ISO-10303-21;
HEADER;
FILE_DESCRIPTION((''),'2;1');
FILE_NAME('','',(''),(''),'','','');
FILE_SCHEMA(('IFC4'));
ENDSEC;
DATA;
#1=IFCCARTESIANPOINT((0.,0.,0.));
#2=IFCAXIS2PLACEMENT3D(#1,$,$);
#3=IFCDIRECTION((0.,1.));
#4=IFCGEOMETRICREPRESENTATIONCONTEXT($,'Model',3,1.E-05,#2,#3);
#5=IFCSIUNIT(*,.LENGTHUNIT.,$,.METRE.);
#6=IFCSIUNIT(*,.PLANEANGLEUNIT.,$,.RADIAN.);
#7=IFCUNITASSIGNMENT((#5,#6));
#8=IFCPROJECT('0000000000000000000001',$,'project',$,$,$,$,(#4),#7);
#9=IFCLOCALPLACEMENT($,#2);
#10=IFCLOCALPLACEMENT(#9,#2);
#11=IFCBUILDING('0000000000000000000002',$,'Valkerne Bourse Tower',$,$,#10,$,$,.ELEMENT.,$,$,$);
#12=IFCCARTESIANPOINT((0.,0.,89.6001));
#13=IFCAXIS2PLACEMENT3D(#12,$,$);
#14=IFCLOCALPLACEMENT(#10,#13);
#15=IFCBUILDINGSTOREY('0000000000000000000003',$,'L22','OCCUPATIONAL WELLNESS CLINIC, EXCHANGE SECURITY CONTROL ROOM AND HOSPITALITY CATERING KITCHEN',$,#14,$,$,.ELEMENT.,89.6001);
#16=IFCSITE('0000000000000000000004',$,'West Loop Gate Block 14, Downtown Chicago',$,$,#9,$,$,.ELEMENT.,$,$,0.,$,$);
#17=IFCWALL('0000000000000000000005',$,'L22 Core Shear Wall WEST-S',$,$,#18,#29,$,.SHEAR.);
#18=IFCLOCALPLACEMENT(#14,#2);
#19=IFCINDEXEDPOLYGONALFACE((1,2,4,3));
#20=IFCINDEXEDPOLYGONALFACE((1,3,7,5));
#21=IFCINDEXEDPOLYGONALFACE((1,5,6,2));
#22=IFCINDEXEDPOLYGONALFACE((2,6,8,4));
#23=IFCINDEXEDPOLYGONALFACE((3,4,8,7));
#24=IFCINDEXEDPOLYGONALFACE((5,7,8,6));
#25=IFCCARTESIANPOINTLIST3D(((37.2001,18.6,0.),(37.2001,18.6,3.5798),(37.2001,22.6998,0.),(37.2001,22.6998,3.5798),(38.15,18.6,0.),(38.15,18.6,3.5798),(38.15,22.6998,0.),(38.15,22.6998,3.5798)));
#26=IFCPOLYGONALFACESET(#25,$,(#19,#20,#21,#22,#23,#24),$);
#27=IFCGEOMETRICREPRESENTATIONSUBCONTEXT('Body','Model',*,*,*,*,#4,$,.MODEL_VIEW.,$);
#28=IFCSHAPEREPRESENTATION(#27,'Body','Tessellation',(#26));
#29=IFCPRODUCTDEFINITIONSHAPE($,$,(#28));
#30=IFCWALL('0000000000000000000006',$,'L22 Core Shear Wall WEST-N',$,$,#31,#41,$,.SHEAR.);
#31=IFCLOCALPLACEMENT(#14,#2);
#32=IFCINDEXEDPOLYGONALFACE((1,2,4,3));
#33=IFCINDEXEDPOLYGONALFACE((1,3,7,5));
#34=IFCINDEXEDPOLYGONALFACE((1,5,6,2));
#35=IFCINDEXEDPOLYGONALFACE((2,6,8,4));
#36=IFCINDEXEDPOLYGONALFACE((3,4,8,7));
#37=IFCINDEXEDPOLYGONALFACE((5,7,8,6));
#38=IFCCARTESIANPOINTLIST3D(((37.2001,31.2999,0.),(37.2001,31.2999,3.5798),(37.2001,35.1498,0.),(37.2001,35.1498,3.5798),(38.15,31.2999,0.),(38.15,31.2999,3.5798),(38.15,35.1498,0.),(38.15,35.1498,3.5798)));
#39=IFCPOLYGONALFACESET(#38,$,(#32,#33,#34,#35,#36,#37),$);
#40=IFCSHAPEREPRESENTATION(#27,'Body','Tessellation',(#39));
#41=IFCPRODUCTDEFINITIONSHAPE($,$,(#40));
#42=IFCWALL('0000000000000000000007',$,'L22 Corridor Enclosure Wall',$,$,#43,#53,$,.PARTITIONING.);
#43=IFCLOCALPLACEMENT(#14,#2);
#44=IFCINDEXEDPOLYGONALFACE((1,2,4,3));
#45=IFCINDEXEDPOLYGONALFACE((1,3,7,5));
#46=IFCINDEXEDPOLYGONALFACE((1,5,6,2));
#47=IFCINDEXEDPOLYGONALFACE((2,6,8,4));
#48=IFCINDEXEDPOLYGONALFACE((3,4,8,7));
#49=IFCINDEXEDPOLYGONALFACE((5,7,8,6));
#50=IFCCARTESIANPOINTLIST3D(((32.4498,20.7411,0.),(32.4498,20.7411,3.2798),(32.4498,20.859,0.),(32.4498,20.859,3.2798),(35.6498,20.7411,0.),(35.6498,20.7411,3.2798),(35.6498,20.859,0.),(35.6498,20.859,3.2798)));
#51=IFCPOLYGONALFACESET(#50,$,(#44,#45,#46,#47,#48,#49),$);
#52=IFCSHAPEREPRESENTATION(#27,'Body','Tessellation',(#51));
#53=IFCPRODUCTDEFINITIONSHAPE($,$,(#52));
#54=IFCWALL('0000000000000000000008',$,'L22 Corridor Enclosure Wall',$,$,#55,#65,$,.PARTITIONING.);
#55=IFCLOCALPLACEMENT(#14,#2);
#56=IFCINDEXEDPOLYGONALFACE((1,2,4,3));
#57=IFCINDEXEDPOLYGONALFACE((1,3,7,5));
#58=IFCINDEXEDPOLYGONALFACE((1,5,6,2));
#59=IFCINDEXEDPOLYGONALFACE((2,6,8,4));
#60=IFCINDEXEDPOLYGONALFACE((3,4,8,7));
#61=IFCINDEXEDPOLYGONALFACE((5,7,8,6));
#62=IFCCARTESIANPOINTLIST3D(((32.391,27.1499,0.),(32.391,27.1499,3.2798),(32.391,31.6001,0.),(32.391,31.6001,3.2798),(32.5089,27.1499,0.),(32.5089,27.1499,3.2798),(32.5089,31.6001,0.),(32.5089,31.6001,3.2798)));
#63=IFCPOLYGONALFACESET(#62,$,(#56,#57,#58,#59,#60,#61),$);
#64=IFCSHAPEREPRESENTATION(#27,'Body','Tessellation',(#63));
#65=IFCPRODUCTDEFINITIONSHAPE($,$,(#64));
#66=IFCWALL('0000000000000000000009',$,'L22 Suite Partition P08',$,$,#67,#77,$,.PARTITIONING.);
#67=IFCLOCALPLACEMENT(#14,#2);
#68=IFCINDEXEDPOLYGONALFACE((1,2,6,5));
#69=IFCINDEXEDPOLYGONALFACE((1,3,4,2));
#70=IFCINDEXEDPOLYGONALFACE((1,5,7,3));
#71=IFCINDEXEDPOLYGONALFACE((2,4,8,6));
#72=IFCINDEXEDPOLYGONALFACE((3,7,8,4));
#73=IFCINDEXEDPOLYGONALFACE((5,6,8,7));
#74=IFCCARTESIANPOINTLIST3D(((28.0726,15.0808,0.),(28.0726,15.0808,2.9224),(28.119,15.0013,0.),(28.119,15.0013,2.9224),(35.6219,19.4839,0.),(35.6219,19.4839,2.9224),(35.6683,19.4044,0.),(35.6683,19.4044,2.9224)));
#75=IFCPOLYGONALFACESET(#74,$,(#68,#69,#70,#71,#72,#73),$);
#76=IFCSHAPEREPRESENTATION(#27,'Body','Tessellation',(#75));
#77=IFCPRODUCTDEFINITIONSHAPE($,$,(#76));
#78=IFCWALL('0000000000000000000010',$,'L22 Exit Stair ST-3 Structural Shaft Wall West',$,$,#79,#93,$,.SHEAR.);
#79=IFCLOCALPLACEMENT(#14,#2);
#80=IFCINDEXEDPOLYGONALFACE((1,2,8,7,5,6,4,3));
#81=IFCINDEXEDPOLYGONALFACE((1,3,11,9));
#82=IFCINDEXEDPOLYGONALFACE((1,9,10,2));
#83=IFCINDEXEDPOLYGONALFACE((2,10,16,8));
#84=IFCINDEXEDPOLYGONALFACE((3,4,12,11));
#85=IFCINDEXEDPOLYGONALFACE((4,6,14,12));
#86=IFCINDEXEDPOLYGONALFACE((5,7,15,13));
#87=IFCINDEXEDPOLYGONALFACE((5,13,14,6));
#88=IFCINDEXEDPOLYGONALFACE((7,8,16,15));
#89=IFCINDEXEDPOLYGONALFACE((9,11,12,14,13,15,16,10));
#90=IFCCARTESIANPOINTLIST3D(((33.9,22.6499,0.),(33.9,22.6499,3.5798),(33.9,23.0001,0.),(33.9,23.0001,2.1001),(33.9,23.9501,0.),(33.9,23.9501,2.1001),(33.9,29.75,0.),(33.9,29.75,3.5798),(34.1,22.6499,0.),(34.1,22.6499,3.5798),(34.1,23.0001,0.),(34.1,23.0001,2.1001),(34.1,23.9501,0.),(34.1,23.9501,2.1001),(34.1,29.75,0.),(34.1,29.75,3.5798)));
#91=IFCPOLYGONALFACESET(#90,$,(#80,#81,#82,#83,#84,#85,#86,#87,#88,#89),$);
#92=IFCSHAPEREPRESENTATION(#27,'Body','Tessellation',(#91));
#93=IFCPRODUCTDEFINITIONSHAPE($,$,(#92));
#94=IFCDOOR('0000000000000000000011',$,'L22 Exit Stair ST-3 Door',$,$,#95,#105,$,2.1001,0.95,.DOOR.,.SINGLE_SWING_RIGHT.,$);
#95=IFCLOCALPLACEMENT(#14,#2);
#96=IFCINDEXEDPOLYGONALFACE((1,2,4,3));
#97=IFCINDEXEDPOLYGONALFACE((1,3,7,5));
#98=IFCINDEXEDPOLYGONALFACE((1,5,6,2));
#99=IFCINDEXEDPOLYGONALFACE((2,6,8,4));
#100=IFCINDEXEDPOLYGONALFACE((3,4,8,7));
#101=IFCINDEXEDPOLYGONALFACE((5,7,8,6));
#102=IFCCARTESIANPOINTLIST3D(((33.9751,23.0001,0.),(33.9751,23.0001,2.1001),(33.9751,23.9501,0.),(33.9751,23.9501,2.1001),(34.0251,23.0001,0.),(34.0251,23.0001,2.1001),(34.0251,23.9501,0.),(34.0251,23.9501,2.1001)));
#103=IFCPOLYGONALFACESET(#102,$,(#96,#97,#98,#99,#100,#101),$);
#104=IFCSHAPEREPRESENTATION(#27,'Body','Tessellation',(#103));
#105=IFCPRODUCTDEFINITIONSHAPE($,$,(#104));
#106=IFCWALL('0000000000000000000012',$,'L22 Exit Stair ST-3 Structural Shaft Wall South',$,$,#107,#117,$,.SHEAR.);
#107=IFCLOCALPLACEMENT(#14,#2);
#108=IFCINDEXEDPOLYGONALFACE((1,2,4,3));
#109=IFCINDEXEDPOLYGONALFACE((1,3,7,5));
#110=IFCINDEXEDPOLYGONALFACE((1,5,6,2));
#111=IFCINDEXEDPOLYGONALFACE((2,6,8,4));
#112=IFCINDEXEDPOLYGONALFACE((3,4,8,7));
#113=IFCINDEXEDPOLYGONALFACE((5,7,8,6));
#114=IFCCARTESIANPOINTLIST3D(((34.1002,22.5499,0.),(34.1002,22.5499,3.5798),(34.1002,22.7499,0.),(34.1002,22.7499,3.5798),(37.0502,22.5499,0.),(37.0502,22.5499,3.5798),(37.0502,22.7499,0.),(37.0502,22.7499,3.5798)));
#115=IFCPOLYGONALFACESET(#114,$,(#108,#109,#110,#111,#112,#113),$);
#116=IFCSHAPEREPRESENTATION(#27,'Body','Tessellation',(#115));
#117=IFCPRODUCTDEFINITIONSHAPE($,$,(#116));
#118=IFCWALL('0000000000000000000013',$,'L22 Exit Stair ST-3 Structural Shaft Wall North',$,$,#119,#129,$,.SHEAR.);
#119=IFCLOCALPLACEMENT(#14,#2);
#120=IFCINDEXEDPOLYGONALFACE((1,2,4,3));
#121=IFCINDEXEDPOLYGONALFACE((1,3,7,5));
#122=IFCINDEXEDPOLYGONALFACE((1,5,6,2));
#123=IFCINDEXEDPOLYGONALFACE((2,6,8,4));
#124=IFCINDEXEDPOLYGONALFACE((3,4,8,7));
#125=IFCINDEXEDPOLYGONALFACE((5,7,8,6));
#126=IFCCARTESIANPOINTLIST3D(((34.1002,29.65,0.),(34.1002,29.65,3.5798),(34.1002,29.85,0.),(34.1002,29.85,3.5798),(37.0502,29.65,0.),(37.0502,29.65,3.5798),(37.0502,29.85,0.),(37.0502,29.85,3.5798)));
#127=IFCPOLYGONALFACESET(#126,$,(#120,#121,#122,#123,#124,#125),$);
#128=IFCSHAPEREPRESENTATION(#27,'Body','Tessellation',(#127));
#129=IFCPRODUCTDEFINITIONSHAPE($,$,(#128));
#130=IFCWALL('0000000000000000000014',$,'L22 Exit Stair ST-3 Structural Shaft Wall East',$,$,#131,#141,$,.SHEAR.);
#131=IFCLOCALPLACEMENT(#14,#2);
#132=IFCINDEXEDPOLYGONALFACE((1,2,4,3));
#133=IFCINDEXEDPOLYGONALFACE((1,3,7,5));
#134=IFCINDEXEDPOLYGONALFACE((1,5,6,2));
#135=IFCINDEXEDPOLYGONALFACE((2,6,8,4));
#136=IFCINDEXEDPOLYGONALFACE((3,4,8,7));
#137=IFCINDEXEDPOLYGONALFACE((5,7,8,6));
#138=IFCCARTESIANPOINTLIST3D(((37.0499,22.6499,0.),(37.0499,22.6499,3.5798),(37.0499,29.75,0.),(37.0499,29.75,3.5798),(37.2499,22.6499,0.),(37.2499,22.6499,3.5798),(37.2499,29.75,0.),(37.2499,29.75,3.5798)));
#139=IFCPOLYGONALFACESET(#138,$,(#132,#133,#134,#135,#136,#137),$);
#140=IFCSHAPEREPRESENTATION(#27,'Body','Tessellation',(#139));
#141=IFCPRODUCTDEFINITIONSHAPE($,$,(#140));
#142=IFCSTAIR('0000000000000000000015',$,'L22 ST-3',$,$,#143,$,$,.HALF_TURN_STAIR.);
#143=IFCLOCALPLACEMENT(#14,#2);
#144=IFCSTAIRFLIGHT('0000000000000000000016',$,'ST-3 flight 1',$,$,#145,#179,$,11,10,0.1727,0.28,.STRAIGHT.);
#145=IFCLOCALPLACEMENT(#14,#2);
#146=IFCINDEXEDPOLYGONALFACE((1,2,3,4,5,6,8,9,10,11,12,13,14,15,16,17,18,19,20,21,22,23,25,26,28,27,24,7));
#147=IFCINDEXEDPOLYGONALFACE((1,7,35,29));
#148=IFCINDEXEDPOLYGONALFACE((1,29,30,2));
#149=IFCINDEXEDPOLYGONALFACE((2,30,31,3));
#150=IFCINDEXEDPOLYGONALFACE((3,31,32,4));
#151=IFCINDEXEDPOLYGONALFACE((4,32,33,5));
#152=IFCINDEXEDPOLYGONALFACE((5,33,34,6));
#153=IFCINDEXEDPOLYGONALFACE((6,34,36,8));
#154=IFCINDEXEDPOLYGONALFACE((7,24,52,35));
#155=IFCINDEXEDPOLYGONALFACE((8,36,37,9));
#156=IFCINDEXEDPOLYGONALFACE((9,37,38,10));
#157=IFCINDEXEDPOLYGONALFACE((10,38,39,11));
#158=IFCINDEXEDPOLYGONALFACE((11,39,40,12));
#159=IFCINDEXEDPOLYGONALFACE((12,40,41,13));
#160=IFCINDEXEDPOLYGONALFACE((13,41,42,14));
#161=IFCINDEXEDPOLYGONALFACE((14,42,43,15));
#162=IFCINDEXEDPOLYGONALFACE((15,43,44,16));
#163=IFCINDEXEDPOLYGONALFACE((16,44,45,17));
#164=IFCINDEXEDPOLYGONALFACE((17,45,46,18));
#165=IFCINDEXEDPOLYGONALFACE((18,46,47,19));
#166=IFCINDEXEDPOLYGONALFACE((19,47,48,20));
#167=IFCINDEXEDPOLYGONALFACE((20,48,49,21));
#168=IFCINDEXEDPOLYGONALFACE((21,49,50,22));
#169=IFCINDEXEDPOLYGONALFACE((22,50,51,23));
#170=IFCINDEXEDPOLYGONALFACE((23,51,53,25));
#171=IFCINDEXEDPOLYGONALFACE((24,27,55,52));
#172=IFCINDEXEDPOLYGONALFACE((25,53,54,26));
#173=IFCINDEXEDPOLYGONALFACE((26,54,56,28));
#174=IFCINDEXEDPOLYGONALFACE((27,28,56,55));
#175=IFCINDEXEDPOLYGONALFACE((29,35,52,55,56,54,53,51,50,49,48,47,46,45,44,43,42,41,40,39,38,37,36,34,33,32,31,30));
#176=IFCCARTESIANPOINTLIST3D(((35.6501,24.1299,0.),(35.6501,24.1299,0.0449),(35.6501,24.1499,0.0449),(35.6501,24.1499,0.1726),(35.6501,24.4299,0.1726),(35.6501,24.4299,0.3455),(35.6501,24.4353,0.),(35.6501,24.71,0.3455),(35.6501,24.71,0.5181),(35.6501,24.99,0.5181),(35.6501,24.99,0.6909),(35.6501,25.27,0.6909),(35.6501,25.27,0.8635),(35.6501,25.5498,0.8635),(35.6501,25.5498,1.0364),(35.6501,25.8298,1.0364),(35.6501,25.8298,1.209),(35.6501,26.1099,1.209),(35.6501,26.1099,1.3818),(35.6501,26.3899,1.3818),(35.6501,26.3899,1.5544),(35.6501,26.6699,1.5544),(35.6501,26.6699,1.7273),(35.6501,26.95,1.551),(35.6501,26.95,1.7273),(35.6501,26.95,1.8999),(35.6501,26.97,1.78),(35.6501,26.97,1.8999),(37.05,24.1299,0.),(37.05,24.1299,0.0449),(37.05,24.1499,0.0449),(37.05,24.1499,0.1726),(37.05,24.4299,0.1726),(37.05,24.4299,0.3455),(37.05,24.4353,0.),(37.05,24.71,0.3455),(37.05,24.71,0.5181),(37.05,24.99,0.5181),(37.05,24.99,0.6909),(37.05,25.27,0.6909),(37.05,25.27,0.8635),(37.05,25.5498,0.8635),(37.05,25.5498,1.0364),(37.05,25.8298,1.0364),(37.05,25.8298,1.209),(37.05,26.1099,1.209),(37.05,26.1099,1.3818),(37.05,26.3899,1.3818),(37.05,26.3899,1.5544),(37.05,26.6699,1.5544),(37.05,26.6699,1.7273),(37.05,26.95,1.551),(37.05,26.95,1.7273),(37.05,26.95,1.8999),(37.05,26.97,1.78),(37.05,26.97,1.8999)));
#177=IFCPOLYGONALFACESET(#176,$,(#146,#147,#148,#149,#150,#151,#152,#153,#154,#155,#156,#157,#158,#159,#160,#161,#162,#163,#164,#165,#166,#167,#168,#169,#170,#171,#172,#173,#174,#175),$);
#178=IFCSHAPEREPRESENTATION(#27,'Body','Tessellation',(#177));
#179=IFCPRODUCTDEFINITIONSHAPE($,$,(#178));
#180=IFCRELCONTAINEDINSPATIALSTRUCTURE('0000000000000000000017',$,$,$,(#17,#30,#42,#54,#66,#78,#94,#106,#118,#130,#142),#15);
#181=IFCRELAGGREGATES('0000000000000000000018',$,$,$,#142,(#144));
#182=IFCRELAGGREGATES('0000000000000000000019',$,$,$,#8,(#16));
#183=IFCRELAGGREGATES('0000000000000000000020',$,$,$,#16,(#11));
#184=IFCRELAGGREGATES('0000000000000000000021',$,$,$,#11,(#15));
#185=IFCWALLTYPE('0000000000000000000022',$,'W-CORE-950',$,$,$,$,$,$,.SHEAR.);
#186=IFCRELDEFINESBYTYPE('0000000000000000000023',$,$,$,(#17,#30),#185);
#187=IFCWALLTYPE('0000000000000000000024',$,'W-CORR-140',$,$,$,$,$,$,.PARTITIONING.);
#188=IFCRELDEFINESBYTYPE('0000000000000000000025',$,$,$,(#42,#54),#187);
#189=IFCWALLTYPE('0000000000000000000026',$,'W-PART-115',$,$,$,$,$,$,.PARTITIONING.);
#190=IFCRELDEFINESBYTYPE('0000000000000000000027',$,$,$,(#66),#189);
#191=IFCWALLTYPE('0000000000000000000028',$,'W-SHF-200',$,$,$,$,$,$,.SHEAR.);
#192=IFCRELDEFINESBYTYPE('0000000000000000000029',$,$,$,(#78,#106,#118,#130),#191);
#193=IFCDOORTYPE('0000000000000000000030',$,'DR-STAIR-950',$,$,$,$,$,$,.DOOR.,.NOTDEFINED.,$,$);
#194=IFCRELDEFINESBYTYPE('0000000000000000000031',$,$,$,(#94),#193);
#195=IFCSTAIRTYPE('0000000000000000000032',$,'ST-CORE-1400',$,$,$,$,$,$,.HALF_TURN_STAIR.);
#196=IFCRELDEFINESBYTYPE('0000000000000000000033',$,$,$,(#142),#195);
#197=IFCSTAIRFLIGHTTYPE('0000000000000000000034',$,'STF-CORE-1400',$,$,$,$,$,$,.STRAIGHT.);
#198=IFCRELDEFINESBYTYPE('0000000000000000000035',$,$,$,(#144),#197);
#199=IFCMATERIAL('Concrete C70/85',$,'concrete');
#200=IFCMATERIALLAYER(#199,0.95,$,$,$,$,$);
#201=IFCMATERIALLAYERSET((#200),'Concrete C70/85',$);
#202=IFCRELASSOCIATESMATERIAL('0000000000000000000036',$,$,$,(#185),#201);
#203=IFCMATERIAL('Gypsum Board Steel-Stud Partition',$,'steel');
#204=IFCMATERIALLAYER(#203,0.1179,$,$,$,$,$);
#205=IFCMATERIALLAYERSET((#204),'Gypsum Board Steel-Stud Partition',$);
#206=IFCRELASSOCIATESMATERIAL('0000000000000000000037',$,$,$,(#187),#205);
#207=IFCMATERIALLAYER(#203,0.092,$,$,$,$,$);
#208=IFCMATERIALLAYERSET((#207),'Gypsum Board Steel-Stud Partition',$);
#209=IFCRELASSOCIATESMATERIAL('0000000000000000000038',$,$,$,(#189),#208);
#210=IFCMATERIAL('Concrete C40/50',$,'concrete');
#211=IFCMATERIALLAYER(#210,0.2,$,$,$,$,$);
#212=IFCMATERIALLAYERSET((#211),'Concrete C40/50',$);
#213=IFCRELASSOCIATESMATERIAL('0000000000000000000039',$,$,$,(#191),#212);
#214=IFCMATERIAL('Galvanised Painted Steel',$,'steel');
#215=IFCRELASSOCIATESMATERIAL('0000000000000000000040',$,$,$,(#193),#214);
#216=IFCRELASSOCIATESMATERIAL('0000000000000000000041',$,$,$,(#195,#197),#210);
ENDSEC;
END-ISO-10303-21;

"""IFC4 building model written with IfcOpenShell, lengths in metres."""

from ifc_helpers import new_model, si_unit, direction, frame, frame_2d, origin, place, context, subcontext, project, spatial, polyline, rectangle, outline, extrude, material, layer, layer_set, type_object, element, fill, aggregate, save


model = new_model("IFC4")

# Units and contexts
model_context = context("Model", 3, precision=1e-05, world=origin(), true_north=direction((0.0, 1.0)))
body_context = subcontext(model_context, "Body", "Model", "MODEL_VIEW")
ifc_project = project(units=[si_unit("LENGTHUNIT", "METRE"), si_unit("PLANEANGLEUNIT", "RADIAN")], contexts=[model_context])

# Site, building, storey
site_placement = place(None, origin())
site = spatial("IfcSite", under=ifc_project, at=site_placement, Name="West Loop Gate Block 14, Downtown Chicago", CompositionType="ELEMENT", RefElevation=0.0)
building_placement = place(site_placement, origin())
building = spatial("IfcBuilding", under=site, at=building_placement, Name="Valkerne Bourse Tower", CompositionType="ELEMENT")
storey_placement = place(building_placement, frame((0.0, 0.0, 89.6001)))
storey = spatial("IfcBuildingStorey", under=building, at=storey_placement, Name="L22", Description="OCCUPATIONAL WELLNESS CLINIC, EXCHANGE SECURITY CONTROL ROOM AND HOSPITALITY CATERING KITCHEN", CompositionType="ELEMENT", Elevation=89.6001)

# Shared definitions
ifc_material_1 = material(Name="Concrete C70/85", Category="concrete")
ifc_layer_1 = layer(ifc_material_1, 0.95)
ifc_layer_set_1 = layer_set([ifc_layer_1], Name="Concrete C70/85")
wall_type_1 = type_object("IfcWallType", Name="W-CORE-950", PredefinedType="SHEAR", material=ifc_layer_set_1)
ifc_material_2 = material(Name="Galvanised Painted Steel", Category="steel")

# Walls
wall_1_placement = place(storey_placement, frame((37.675, 18.6001, 0.0), z_axis=(0.0, 0.0, 1.0), x_axis=(0.0, 1.0, 0.0)))
element("IfcWall", 1, at=wall_1_placement, inside=storey, type_object=wall_type_1, Name="L22 Core Shear Wall WEST-S", PredefinedType="SHEAR", context=body_context, shape_type="SweptSolid", body=[
    extrude(rectangle(XDim=4.0999, YDim=0.95, at=frame_2d((2.0498, 0.0))), origin(), (0.0, 0.0, 1.0), 3.5798),
])
wall_2_placement = place(storey_placement, frame((37.675, 31.3, 0.0), z_axis=(0.0, 0.0, 1.0), x_axis=(0.0, 1.0, 0.0)))
element("IfcWall", 2, at=wall_2_placement, inside=storey, type_object=wall_type_1, Name="L22 Core Shear Wall WEST-N", PredefinedType="SHEAR", context=body_context, shape_type="SweptSolid", body=[
    extrude(rectangle(XDim=3.8499, YDim=0.95, at=frame_2d((1.9248, 0.0))), origin(), (0.0, 0.0, 1.0), 3.5798),
])
ifc_material_3 = material(Name="Gypsum Board Steel-Stud Partition", Category="steel")
ifc_layer_2 = layer(ifc_material_3, 0.1179)
ifc_layer_set_2 = layer_set([ifc_layer_2], Name="Gypsum Board Steel-Stud Partition")
wall_type_2 = type_object("IfcWallType", Name="W-CORR-140", PredefinedType="PARTITIONING", material=ifc_layer_set_2)
wall_3_placement = place(storey_placement, frame((35.6499, 20.8, 0.0), z_axis=(0.0, 0.0, 1.0), x_axis=(-1.0, 0.0, 0.0)))
element("IfcWall", 3, at=wall_3_placement, inside=storey, type_object=wall_type_2, Name="L22 Corridor Enclosure Wall", PredefinedType="PARTITIONING", context=body_context, shape_type="SweptSolid", body=[
    extrude(rectangle(XDim=3.2, YDim=0.1179, at=frame_2d((1.6001, 0.0))), origin(), (0.0, 0.0, 1.0), 3.2798),
])
wall_4_placement = place(storey_placement, frame((32.45, 27.1499, 0.0), z_axis=(0.0, 0.0, 1.0), x_axis=(0.0, 1.0, 0.0)))
element("IfcWall", 4, at=wall_4_placement, inside=storey, type_object=wall_type_2, Name="L22 Corridor Enclosure Wall", PredefinedType="PARTITIONING", context=body_context, shape_type="SweptSolid", body=[
    extrude(rectangle(XDim=4.4502, YDim=0.1179, at=frame_2d((2.2251, 0.0))), origin(), (0.0, 0.0, 1.0), 3.2798),
])
ifc_layer_3 = layer(ifc_material_3, 0.092)
ifc_layer_set_3 = layer_set([ifc_layer_3], Name="Gypsum Board Steel-Stud Partition")
wall_type_3 = type_object("IfcWallType", Name="W-PART-115", PredefinedType="PARTITIONING", material=ifc_layer_set_3)
wall_5_placement = place(storey_placement, frame((35.645, 19.4441, 0.0), z_axis=(0.0, 0.0, 1.0), x_axis=(-0.863813, -0.503812, 0.0)))
element("IfcWall", 5, at=wall_5_placement, inside=storey, type_object=wall_type_3, Name="L22 Suite Partition P08", PredefinedType="PARTITIONING", context=body_context, shape_type="SweptSolid", body=[
    extrude(rectangle(XDim=8.7395, YDim=0.092, at=frame_2d((4.3696, 0.0))), origin(), (0.0, 0.0, 1.0), 2.9224),
])

# Wall, opening, door
ifc_material_4 = material(Name="Concrete C40/50", Category="concrete")
ifc_layer_4 = layer(ifc_material_4, 0.2)
ifc_layer_set_4 = layer_set([ifc_layer_4], Name="Concrete C40/50")
wall_type_4 = type_object("IfcWallType", Name="W-SHF-200", PredefinedType="SHEAR", material=ifc_layer_set_4)
wall_6_placement = place(storey_placement, frame((34.0, 22.6499, 0.0), z_axis=(0.0, 0.0, 1.0), x_axis=(0.0, 1.0, 0.0)))
wall_6 = element("IfcWall", 6, at=wall_6_placement, inside=storey, type_object=wall_type_4, Name="L22 Exit Stair ST-3 Structural Shaft Wall West", PredefinedType="SHEAR", context=body_context, shape_type="SweptSolid", body=[
    extrude(rectangle(XDim=7.1001, YDim=0.2, at=frame_2d((3.55, 0.0))), origin(), (0.0, 0.0, 1.0), 3.5798),
])
opening_1_placement = place(wall_6_placement, frame((0.3501, 0.0, 0.0)))
opening_1 = element("IfcOpeningElement", 7, at=opening_1_placement, cuts=wall_6, PredefinedType="OPENING", context=body_context, shape_type="SweptSolid", body=[
    extrude(rectangle(XDim=0.95, YDim=2.1001, at=frame_2d((0.4751, 1.05))), frame((0.0, 0.1099, 0.0), z_axis=(0.0, -1.0, 0.0), x_axis=(1.0, 0.0, 0.0)), (0.0, 0.0, 1.0), 0.22),
])
door_type_1 = type_object("IfcDoorType", Name="DR-STAIR-950", OperationType="NOTDEFINED", PredefinedType="DOOR", material=ifc_material_2)
door_1_placement = place(opening_1_placement, origin())
door_1 = element("IfcDoor", 8, at=door_1_placement, inside=storey, type_object=door_type_1, Name="L22 Exit Stair ST-3 Door", OperationType="SINGLE_SWING_RIGHT", OverallHeight=2.1001, OverallWidth=0.95, PredefinedType="DOOR", context=body_context, shape_type="SweptSolid", body=[
    extrude(rectangle(XDim=0.95, YDim=2.1001, at=frame_2d((0.4751, 1.05))), frame((0.0, 0.0249, 0.0), z_axis=(0.0, -1.0, 0.0), x_axis=(1.0, 0.0, 0.0)), (0.0, 0.0, 1.0), 0.05),
])
fill(opening_1, door_1)

# Walls
for number, where, z_axis, x_axis, name in (
    (9, (34.1001, 22.6499, 0.0), (0.0, 0.0, 1.0), (1.0, 0.0, 0.0), "L22 Exit Stair ST-3 Structural Shaft Wall South"),
    (10, (34.1001, 29.75, 0.0), (0.0, 0.0, 1.0), (1.0, 0.0, 0.0), "L22 Exit Stair ST-3 Structural Shaft Wall North"),
):
    element("IfcWall", number, at=place(storey_placement, frame(where, z_axis=z_axis, x_axis=x_axis)), inside=storey, type_object=wall_type_4, Name=name, PredefinedType="SHEAR", context=body_context, shape_type="SweptSolid", body=[
        extrude(rectangle(XDim=2.95, YDim=0.2, at=frame_2d((1.4751, 0.0))), origin(), (0.0, 0.0, 1.0), 3.5798),
    ])
wall_7_placement = place(storey_placement, frame((37.1499, 22.6499, 0.0), z_axis=(0.0, 0.0, 1.0), x_axis=(0.0, 1.0, 0.0)))
element("IfcWall", 11, at=wall_7_placement, inside=storey, type_object=wall_type_4, Name="L22 Exit Stair ST-3 Structural Shaft Wall East", PredefinedType="SHEAR", context=body_context, shape_type="SweptSolid", body=[
    extrude(rectangle(XDim=7.1001, YDim=0.2, at=frame_2d((3.55, 0.0))), origin(), (0.0, 0.0, 1.0), 3.5798),
])

# Stair, stair flight
stair_type = type_object("IfcStairType", Name="ST-CORE-1400", PredefinedType="HALF_TURN_STAIR", material=ifc_material_4)
stair_placement = place(storey_placement, origin())
stair = element("IfcStair", 12, at=stair_placement, inside=storey, type_object=stair_type, Name="L22 ST-3", PredefinedType="HALF_TURN_STAIR")
stair_flight_type = type_object("IfcStairFlightType", Name="STF-CORE-1400", PredefinedType="STRAIGHT", material=ifc_material_4)
stair_flight_1_placement = place(storey_placement, frame((36.3501, 24.1499, 0.0), z_axis=(0.0, 0.0, 1.0), x_axis=(0.0, 1.0, 0.0)))
stair_flight_1 = element("IfcStairFlight", 13, at=stair_flight_1_placement, type_object=stair_flight_type, Name="ST-3 flight 1", NumberOfRisers=11, NumberOfTreads=10, PredefinedType="STRAIGHT", RiserHeight=0.1727, TreadLength=0.28, context=body_context, shape_type="SweptSolid", body=[
    extrude(outline(polyline([(-0.02, 0.0), (-0.02, 0.0449), (0.0, 0.0449), (0.0, 0.1726), (0.28, 0.1726), (0.28, 0.3455), (0.5601, 0.3455), (0.5601, 0.5181), (0.8401, 0.5181), (0.8401, 0.6909), (1.1201, 0.6909), (1.1201, 0.8635), (1.3999, 0.8635), (1.3999, 1.0364), (1.6799, 1.0364), (1.6799, 1.209), (1.96, 1.209), (1.96, 1.3818), (2.24, 1.3818), (2.24, 1.5544), (2.52, 1.5544), (2.52, 1.7273), (2.8, 1.7273), (2.8, 1.8999), (2.8201, 1.8999), (2.8201, 1.78), (2.8, 1.551), (0.2854, 0.0), (-0.02, 0.0)])), frame((0.0, 0.7, 0.0), z_axis=(0.0, -1.0, 0.0), x_axis=(1.0, 0.0, 0.0)), (0.0, 0.0, 1.0), 1.3999),
])
aggregate(stair, [stair_flight_1])

save(model, "model.ifc")
